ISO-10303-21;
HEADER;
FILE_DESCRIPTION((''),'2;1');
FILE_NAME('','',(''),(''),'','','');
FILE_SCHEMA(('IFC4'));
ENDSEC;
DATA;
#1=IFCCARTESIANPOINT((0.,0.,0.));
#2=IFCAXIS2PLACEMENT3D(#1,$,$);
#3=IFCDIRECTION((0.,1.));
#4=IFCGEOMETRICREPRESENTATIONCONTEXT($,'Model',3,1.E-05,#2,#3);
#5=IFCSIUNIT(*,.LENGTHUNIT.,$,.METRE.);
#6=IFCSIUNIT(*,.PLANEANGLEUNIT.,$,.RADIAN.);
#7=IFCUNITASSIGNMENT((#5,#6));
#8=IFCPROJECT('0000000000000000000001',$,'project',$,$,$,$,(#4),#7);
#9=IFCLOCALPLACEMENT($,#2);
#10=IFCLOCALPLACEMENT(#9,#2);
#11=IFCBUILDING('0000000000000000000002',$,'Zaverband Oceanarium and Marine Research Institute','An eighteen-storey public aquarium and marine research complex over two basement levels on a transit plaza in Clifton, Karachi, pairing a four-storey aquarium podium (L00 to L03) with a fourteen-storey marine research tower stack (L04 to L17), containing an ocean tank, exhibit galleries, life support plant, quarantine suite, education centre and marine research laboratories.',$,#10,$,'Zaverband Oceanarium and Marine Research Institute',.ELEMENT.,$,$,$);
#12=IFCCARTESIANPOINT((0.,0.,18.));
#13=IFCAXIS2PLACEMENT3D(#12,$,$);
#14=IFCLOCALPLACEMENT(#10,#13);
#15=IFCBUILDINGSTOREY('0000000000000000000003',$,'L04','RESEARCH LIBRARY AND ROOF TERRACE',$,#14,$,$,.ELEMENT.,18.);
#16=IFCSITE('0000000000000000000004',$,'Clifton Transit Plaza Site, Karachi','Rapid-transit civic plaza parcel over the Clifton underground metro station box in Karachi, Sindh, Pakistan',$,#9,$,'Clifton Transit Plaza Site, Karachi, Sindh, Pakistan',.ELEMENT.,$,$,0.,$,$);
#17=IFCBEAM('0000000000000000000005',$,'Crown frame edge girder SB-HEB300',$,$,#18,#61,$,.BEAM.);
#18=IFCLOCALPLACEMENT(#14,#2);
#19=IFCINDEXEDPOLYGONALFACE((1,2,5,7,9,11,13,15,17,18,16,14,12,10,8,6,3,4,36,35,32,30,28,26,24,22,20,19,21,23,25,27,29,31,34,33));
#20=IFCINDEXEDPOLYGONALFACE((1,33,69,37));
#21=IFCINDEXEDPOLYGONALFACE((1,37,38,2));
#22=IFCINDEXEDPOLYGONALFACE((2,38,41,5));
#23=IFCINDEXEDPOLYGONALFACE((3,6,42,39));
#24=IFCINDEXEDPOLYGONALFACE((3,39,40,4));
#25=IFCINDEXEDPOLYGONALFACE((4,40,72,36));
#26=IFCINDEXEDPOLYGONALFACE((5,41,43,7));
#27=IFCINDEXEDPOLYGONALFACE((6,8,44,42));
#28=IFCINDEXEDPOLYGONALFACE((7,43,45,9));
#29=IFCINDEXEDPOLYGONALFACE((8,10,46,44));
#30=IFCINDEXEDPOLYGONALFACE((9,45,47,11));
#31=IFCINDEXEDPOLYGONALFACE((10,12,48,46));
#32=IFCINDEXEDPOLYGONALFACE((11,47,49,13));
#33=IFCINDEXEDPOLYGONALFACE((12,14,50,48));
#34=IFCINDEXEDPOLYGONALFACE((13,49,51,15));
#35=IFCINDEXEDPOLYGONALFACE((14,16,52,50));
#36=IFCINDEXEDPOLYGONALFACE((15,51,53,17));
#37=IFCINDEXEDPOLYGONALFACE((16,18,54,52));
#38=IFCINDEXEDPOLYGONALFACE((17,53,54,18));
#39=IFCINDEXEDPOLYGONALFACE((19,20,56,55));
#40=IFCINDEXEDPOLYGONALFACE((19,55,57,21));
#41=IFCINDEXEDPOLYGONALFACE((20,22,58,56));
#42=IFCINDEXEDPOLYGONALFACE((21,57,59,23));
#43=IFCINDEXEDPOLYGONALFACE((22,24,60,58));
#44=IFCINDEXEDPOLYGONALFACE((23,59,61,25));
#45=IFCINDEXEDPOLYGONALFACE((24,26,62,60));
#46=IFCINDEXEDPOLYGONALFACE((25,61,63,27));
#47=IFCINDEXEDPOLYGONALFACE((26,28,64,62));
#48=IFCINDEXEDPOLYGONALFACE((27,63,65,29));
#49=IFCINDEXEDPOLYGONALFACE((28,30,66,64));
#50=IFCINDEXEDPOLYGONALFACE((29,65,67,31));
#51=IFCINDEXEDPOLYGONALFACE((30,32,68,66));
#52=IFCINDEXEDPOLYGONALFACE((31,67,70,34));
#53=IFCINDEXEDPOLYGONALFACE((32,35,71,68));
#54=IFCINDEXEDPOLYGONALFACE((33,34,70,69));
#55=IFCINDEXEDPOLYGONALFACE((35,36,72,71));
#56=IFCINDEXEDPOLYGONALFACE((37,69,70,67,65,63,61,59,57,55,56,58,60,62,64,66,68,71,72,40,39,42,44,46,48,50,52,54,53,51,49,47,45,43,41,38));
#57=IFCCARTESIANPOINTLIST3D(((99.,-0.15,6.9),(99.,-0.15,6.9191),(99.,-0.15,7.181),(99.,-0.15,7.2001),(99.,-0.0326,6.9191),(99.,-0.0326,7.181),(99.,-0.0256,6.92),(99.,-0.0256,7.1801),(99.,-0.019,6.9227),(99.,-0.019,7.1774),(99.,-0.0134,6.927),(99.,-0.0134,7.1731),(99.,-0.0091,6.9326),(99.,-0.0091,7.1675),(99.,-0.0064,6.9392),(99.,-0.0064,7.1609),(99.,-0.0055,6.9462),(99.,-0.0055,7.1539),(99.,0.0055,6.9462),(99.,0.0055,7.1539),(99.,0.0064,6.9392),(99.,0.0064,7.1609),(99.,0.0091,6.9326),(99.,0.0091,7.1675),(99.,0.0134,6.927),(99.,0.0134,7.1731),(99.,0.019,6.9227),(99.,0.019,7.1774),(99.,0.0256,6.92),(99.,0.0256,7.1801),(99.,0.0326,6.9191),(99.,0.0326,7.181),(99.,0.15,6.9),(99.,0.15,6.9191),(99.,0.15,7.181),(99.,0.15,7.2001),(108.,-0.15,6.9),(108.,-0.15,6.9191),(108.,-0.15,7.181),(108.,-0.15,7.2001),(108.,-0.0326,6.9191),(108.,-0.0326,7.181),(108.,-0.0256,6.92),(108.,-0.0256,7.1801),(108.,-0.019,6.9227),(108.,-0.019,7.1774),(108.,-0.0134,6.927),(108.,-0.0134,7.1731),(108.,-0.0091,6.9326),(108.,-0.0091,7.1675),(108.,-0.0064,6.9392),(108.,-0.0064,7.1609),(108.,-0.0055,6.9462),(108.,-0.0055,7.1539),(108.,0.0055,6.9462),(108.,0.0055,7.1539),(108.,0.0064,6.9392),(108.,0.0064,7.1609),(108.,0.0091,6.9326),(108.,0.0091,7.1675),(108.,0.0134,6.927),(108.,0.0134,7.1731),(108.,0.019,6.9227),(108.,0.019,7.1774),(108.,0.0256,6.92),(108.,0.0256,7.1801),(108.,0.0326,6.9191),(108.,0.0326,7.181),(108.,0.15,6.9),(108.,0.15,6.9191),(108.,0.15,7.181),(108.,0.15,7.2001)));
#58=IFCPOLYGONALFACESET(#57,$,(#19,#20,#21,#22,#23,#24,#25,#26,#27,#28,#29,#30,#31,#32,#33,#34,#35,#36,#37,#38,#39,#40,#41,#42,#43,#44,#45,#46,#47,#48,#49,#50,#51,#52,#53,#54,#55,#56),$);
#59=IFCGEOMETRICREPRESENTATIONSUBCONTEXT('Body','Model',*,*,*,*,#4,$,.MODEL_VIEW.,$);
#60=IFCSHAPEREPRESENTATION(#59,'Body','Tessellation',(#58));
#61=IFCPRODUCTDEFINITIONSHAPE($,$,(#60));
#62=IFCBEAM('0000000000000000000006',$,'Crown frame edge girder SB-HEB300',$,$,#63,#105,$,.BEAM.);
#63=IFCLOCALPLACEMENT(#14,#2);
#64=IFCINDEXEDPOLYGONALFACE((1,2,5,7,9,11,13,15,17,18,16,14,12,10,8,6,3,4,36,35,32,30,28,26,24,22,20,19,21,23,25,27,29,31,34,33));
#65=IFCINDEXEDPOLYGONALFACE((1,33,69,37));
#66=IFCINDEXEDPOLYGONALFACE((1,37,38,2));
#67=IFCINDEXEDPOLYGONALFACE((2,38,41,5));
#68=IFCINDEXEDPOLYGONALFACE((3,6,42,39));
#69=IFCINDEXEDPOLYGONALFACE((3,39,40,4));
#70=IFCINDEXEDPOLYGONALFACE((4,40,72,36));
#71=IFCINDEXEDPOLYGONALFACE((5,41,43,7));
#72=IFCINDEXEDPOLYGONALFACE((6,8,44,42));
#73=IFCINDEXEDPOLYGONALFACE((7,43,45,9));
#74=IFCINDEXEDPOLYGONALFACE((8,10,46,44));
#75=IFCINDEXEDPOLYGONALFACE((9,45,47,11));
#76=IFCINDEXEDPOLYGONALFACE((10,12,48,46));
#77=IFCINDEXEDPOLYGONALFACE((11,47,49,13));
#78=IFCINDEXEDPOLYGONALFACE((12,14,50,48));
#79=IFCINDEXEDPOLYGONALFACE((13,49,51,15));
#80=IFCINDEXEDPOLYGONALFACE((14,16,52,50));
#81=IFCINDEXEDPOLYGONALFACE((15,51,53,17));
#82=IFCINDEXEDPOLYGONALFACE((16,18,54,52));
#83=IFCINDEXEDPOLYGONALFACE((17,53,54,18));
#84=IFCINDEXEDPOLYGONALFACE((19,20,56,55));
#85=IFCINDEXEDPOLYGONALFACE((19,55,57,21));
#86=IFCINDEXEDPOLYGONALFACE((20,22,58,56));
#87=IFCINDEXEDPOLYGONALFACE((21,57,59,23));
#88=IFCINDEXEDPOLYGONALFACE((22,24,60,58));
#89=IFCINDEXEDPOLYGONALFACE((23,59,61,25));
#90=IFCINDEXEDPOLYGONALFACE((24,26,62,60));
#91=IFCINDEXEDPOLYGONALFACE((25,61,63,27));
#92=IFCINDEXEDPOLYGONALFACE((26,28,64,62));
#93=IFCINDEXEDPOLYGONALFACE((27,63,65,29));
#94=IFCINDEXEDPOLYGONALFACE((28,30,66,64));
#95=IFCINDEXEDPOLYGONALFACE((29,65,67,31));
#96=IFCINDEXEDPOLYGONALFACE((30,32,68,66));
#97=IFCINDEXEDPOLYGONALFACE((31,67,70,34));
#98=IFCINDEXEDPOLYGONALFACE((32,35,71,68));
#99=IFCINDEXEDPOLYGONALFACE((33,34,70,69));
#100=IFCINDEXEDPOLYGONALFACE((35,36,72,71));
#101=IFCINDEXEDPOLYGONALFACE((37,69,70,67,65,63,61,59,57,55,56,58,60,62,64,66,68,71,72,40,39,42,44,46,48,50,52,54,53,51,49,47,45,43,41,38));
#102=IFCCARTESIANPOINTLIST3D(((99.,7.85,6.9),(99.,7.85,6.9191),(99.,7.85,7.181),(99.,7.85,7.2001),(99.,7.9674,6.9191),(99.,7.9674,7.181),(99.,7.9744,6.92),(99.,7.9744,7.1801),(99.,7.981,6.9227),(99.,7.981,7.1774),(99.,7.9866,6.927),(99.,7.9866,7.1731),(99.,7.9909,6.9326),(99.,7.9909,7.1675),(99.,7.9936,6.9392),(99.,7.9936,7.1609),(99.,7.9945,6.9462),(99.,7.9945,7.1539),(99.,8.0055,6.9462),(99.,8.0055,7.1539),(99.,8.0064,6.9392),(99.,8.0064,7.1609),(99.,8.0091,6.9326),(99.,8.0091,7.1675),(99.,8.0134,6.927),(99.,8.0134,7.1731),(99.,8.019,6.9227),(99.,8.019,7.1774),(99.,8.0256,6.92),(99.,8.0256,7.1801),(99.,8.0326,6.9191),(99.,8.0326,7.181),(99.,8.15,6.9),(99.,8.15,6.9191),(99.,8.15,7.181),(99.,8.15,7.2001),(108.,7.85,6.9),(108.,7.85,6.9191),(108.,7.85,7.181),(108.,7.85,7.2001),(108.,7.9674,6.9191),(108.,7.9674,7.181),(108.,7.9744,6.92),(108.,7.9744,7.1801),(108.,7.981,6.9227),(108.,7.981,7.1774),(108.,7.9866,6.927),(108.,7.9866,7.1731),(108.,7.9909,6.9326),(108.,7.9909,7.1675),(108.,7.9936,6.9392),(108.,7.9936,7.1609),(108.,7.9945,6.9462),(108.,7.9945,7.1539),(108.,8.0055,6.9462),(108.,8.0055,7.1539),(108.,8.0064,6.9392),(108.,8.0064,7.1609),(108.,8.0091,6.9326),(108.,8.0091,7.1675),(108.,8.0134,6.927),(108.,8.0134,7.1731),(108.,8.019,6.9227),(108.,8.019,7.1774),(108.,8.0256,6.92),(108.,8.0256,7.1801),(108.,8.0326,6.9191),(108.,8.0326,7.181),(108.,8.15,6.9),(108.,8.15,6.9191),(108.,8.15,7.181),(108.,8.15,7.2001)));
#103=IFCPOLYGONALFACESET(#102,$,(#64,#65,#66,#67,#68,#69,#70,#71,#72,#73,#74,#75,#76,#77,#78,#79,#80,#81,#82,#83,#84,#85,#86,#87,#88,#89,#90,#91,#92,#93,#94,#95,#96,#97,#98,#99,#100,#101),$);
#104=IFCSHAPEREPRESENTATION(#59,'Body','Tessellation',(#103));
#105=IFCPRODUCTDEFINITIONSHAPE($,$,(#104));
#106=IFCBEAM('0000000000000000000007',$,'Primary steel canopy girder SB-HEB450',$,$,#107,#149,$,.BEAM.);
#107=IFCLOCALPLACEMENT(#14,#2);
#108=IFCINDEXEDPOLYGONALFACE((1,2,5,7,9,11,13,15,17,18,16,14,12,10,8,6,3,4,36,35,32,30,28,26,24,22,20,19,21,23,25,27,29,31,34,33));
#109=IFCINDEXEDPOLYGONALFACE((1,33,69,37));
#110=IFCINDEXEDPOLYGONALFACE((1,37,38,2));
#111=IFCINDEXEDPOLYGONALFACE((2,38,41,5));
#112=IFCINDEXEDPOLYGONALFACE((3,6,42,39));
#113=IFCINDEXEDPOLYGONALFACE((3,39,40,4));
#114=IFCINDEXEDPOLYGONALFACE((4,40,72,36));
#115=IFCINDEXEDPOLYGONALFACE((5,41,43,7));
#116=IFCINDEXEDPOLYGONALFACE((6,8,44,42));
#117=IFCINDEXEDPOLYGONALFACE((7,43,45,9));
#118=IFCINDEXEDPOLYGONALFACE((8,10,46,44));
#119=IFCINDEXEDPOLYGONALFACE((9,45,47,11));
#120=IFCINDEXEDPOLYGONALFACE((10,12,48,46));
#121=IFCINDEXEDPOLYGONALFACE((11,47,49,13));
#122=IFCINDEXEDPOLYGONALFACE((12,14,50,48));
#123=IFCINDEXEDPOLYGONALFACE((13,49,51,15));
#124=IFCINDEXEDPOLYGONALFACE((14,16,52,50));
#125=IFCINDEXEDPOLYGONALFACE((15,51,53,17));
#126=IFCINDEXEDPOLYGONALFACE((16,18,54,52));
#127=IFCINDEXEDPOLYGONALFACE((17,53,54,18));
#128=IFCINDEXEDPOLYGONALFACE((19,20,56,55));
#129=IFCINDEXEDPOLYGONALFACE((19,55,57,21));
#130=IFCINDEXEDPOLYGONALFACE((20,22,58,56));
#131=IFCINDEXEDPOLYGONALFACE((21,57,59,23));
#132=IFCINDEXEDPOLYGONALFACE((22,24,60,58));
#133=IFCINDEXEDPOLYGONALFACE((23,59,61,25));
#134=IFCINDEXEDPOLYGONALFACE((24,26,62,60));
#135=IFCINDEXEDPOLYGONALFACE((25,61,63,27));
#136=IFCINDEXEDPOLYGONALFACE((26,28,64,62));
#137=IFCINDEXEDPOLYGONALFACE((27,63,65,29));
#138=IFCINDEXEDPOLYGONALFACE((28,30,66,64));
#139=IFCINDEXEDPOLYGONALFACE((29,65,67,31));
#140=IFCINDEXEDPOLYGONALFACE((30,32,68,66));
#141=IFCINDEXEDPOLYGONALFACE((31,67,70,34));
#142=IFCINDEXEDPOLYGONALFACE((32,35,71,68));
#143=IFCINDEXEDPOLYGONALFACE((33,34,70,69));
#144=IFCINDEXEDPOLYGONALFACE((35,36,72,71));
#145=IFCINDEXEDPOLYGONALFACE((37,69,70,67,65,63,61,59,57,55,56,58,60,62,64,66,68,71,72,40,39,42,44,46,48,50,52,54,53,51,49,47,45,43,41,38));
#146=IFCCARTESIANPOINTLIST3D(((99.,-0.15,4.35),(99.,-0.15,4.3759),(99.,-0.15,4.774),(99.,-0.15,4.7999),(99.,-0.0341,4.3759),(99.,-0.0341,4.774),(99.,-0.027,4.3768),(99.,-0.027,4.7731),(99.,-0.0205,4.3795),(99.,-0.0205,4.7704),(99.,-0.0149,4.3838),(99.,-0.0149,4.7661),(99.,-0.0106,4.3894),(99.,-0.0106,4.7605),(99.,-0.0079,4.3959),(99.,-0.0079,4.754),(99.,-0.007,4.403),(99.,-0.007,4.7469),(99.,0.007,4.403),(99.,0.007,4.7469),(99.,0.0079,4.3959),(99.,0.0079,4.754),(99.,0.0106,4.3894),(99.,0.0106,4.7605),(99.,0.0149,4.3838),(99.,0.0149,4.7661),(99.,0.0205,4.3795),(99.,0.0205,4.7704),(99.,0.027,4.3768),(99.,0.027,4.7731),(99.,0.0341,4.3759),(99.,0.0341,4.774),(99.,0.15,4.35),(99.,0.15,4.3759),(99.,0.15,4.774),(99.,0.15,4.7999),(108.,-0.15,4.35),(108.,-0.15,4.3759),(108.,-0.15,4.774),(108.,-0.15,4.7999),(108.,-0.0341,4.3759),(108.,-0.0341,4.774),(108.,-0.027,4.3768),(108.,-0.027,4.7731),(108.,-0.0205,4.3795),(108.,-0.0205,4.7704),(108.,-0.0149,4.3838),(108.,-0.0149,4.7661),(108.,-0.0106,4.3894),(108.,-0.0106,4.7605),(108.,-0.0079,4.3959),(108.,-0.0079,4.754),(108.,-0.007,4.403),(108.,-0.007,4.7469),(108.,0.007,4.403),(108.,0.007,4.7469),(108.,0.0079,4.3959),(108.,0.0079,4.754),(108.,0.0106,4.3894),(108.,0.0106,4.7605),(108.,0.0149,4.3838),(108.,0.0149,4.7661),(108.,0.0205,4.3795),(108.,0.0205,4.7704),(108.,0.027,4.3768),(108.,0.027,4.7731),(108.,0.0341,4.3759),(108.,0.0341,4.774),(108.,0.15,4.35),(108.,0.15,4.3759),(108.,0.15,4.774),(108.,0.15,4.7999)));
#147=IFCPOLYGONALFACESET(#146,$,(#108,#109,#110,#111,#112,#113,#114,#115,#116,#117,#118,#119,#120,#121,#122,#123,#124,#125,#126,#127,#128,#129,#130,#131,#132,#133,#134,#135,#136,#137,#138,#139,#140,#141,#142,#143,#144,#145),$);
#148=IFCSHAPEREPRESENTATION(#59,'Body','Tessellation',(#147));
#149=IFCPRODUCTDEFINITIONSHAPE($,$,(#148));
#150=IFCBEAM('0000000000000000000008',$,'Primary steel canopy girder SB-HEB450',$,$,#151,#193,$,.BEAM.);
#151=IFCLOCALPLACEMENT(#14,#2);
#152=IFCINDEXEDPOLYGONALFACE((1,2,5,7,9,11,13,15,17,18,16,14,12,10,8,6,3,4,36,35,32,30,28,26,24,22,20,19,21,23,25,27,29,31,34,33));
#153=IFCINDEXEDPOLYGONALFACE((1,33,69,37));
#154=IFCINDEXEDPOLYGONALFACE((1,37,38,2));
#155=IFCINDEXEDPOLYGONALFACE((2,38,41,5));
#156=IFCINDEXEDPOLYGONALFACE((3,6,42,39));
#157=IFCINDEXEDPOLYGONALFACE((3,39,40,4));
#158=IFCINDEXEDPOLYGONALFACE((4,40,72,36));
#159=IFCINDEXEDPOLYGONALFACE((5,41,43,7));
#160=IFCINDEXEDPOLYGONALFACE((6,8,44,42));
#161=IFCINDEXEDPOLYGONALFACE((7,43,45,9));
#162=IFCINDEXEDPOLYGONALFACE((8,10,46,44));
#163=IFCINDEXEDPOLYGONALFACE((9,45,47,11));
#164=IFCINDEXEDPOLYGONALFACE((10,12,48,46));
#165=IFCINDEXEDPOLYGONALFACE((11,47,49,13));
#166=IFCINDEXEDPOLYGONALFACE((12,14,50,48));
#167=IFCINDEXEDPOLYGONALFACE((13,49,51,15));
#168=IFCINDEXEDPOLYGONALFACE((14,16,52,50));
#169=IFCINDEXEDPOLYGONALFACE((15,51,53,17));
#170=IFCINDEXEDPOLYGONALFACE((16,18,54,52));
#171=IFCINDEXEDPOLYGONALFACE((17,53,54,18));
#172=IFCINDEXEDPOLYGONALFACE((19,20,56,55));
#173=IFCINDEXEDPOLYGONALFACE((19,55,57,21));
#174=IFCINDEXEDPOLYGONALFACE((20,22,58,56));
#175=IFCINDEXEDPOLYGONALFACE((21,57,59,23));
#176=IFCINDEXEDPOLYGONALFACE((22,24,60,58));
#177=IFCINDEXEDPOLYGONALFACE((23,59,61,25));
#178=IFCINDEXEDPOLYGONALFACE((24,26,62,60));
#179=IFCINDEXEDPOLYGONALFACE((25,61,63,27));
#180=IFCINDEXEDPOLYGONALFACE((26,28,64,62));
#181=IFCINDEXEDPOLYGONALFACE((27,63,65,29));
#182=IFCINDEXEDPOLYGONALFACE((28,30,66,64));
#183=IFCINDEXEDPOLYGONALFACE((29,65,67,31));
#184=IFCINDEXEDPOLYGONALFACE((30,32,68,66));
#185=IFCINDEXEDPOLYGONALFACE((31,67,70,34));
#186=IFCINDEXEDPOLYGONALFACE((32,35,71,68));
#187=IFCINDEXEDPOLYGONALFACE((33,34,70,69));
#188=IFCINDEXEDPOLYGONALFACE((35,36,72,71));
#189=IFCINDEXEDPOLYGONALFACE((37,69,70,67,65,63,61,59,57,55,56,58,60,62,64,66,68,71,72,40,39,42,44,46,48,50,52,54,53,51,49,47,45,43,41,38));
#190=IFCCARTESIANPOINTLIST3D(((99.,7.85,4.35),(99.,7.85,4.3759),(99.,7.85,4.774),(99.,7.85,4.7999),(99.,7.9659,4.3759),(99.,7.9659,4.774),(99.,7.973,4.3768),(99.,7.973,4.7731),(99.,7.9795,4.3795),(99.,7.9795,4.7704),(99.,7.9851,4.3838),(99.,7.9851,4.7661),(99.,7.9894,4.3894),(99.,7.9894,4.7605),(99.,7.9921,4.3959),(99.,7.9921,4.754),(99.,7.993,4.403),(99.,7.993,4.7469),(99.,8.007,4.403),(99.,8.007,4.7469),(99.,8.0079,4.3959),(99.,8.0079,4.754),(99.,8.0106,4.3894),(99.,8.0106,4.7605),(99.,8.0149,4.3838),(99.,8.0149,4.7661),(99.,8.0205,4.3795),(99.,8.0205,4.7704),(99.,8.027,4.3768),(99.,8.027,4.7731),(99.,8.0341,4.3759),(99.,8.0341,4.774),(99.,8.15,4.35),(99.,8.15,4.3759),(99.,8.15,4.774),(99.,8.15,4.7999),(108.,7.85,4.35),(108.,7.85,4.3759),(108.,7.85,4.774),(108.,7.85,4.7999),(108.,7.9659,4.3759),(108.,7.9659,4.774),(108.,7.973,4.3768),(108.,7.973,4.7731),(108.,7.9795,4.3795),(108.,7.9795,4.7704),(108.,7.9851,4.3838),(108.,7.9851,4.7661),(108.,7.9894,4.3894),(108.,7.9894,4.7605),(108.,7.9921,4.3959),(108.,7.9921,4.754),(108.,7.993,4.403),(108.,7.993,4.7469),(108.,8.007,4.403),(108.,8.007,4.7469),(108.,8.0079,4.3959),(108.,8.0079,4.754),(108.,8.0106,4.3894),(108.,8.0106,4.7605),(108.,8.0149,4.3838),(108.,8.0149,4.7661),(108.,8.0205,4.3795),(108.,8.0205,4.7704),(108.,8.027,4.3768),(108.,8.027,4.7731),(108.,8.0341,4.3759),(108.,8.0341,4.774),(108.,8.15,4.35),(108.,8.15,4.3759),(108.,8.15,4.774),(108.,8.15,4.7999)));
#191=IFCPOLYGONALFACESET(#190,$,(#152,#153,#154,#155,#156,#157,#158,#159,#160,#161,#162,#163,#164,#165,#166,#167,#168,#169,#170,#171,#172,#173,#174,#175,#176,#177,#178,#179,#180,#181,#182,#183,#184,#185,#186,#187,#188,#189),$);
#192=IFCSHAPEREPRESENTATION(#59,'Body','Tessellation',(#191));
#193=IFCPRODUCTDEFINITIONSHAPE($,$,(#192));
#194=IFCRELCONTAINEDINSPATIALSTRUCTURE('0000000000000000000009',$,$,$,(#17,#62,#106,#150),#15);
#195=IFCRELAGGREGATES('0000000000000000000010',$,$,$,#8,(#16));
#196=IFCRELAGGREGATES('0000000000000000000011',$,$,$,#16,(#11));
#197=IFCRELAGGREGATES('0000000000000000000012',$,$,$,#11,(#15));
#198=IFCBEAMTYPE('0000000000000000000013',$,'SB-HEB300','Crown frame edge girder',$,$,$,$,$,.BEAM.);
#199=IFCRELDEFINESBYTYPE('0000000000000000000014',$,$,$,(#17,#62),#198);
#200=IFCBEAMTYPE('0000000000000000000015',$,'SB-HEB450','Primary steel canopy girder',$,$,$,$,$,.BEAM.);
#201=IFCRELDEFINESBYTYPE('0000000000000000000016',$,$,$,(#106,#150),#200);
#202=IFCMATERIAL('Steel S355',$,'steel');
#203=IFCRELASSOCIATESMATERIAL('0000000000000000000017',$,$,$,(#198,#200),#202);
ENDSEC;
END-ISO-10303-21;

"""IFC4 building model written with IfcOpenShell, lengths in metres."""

from ifc_helpers import new_model, si_unit, direction, frame, origin, origin_2d, place, context, subcontext, project, spatial, i_section, extrude, material, material_profile, profile_set, type_object, element, save


model = new_model("IFC4")

# Units and contexts
model_context = context("Model", 3, precision=1e-05, world=origin(), true_north=direction((0.0, 1.0)))
body_context = subcontext(model_context, "Body", "Model", "MODEL_VIEW")
ifc_project = project(units=[si_unit("LENGTHUNIT", "METRE"), si_unit("PLANEANGLEUNIT", "RADIAN")], contexts=[model_context])

# Site, building, storey
site_placement = place(None, origin())
site = spatial("IfcSite", under=ifc_project, at=site_placement, Name="Clifton Transit Plaza Site, Karachi", Description="Rapid-transit civic plaza parcel over the Clifton underground metro station box in Karachi, Sindh, Pakistan", LongName="Clifton Transit Plaza Site, Karachi, Sindh, Pakistan", CompositionType="ELEMENT", RefElevation=0.0)
building_placement = place(site_placement, origin())
building = spatial("IfcBuilding", under=site, at=building_placement, Name="Zaverband Oceanarium and Marine Research Institute", Description="An eighteen-storey public aquarium and marine research complex over two basement levels on a transit plaza in Clifton, Karachi, pairing a four-storey aquarium podium (L00 to L03) with a fourteen-storey marine research tower stack (L04 to L17), containing an ocean tank, exhibit galleries, life support plant, quarantine suite, education centre and marine research laboratories.", LongName="Zaverband Oceanarium and Marine Research Institute", CompositionType="ELEMENT")
storey_placement = place(building_placement, frame((0.0, 0.0, 18.0)))
storey = spatial("IfcBuildingStorey", under=building, at=storey_placement, Name="L04", Description="RESEARCH LIBRARY AND ROOF TERRACE", CompositionType="ELEMENT", Elevation=18.0)

# Shared definitions
ifc_material_1 = material(Name="Steel S355", Category="steel")

# Beams
ifc_material_profile_1 = material_profile(ifc_material_1, i_section(OverallWidth=0.3, OverallDepth=0.3, WebThickness=0.011, FlangeThickness=0.019, FilletRadius=0.0271, at=origin_2d()), Name="HEB300")
ifc_profile_set_1 = profile_set([ifc_material_profile_1], Name="Steel S355")
beam_type_1 = type_object("IfcBeamType", Name="SB-HEB300", Description="Crown frame edge girder", PredefinedType="BEAM", material=ifc_profile_set_1)
for number, where, z_axis, x_axis, name in (
    (1, (99.0, 0.0, 7.05), (1.0, 0.0, 0.0), (0.0, 1.0, 0.0), "Crown frame edge girder SB-HEB300"),
    (2, (99.0, 8.0, 7.05), (1.0, 0.0, 0.0), (0.0, 1.0, 0.0), "Crown frame edge girder SB-HEB300"),
):
    element("IfcBeam", number, at=place(storey_placement, frame(where, z_axis=z_axis, x_axis=x_axis)), inside=storey, type_object=beam_type_1, Name=name, PredefinedType="BEAM", context=body_context, shape_type="SweptSolid", body=[
        extrude(i_section(OverallWidth=0.3, OverallDepth=0.3, WebThickness=0.011, FlangeThickness=0.019, FilletRadius=0.0271, at=origin_2d()), origin(), (0.0, 0.0, 1.0), 9.0),
    ])
ifc_material_profile_2 = material_profile(ifc_material_1, i_section(OverallWidth=0.3, OverallDepth=0.45, WebThickness=0.0139, FlangeThickness=0.0259, FilletRadius=0.0271, at=origin_2d()), Name="HEB450")
ifc_profile_set_2 = profile_set([ifc_material_profile_2], Name="Steel S355")
beam_type_2 = type_object("IfcBeamType", Name="SB-HEB450", Description="Primary steel canopy girder", PredefinedType="BEAM", material=ifc_profile_set_2)
for number, where, z_axis, x_axis, name in (
    (3, (99.0, 0.0, 4.575), (1.0, 0.0, 0.0), (0.0, 1.0, 0.0), "Primary steel canopy girder SB-HEB450"),
    (4, (99.0, 8.0, 4.575), (1.0, 0.0, 0.0), (0.0, 1.0, 0.0), "Primary steel canopy girder SB-HEB450"),
):
    element("IfcBeam", number, at=place(storey_placement, frame(where, z_axis=z_axis, x_axis=x_axis)), inside=storey, type_object=beam_type_2, Name=name, PredefinedType="BEAM", context=body_context, shape_type="SweptSolid", body=[
        extrude(i_section(OverallWidth=0.3, OverallDepth=0.45, WebThickness=0.0139, FlangeThickness=0.0259, FilletRadius=0.0271, at=origin_2d()), origin(), (0.0, 0.0, 1.0), 9.0),
    ])

save(model, "model.ifc")
